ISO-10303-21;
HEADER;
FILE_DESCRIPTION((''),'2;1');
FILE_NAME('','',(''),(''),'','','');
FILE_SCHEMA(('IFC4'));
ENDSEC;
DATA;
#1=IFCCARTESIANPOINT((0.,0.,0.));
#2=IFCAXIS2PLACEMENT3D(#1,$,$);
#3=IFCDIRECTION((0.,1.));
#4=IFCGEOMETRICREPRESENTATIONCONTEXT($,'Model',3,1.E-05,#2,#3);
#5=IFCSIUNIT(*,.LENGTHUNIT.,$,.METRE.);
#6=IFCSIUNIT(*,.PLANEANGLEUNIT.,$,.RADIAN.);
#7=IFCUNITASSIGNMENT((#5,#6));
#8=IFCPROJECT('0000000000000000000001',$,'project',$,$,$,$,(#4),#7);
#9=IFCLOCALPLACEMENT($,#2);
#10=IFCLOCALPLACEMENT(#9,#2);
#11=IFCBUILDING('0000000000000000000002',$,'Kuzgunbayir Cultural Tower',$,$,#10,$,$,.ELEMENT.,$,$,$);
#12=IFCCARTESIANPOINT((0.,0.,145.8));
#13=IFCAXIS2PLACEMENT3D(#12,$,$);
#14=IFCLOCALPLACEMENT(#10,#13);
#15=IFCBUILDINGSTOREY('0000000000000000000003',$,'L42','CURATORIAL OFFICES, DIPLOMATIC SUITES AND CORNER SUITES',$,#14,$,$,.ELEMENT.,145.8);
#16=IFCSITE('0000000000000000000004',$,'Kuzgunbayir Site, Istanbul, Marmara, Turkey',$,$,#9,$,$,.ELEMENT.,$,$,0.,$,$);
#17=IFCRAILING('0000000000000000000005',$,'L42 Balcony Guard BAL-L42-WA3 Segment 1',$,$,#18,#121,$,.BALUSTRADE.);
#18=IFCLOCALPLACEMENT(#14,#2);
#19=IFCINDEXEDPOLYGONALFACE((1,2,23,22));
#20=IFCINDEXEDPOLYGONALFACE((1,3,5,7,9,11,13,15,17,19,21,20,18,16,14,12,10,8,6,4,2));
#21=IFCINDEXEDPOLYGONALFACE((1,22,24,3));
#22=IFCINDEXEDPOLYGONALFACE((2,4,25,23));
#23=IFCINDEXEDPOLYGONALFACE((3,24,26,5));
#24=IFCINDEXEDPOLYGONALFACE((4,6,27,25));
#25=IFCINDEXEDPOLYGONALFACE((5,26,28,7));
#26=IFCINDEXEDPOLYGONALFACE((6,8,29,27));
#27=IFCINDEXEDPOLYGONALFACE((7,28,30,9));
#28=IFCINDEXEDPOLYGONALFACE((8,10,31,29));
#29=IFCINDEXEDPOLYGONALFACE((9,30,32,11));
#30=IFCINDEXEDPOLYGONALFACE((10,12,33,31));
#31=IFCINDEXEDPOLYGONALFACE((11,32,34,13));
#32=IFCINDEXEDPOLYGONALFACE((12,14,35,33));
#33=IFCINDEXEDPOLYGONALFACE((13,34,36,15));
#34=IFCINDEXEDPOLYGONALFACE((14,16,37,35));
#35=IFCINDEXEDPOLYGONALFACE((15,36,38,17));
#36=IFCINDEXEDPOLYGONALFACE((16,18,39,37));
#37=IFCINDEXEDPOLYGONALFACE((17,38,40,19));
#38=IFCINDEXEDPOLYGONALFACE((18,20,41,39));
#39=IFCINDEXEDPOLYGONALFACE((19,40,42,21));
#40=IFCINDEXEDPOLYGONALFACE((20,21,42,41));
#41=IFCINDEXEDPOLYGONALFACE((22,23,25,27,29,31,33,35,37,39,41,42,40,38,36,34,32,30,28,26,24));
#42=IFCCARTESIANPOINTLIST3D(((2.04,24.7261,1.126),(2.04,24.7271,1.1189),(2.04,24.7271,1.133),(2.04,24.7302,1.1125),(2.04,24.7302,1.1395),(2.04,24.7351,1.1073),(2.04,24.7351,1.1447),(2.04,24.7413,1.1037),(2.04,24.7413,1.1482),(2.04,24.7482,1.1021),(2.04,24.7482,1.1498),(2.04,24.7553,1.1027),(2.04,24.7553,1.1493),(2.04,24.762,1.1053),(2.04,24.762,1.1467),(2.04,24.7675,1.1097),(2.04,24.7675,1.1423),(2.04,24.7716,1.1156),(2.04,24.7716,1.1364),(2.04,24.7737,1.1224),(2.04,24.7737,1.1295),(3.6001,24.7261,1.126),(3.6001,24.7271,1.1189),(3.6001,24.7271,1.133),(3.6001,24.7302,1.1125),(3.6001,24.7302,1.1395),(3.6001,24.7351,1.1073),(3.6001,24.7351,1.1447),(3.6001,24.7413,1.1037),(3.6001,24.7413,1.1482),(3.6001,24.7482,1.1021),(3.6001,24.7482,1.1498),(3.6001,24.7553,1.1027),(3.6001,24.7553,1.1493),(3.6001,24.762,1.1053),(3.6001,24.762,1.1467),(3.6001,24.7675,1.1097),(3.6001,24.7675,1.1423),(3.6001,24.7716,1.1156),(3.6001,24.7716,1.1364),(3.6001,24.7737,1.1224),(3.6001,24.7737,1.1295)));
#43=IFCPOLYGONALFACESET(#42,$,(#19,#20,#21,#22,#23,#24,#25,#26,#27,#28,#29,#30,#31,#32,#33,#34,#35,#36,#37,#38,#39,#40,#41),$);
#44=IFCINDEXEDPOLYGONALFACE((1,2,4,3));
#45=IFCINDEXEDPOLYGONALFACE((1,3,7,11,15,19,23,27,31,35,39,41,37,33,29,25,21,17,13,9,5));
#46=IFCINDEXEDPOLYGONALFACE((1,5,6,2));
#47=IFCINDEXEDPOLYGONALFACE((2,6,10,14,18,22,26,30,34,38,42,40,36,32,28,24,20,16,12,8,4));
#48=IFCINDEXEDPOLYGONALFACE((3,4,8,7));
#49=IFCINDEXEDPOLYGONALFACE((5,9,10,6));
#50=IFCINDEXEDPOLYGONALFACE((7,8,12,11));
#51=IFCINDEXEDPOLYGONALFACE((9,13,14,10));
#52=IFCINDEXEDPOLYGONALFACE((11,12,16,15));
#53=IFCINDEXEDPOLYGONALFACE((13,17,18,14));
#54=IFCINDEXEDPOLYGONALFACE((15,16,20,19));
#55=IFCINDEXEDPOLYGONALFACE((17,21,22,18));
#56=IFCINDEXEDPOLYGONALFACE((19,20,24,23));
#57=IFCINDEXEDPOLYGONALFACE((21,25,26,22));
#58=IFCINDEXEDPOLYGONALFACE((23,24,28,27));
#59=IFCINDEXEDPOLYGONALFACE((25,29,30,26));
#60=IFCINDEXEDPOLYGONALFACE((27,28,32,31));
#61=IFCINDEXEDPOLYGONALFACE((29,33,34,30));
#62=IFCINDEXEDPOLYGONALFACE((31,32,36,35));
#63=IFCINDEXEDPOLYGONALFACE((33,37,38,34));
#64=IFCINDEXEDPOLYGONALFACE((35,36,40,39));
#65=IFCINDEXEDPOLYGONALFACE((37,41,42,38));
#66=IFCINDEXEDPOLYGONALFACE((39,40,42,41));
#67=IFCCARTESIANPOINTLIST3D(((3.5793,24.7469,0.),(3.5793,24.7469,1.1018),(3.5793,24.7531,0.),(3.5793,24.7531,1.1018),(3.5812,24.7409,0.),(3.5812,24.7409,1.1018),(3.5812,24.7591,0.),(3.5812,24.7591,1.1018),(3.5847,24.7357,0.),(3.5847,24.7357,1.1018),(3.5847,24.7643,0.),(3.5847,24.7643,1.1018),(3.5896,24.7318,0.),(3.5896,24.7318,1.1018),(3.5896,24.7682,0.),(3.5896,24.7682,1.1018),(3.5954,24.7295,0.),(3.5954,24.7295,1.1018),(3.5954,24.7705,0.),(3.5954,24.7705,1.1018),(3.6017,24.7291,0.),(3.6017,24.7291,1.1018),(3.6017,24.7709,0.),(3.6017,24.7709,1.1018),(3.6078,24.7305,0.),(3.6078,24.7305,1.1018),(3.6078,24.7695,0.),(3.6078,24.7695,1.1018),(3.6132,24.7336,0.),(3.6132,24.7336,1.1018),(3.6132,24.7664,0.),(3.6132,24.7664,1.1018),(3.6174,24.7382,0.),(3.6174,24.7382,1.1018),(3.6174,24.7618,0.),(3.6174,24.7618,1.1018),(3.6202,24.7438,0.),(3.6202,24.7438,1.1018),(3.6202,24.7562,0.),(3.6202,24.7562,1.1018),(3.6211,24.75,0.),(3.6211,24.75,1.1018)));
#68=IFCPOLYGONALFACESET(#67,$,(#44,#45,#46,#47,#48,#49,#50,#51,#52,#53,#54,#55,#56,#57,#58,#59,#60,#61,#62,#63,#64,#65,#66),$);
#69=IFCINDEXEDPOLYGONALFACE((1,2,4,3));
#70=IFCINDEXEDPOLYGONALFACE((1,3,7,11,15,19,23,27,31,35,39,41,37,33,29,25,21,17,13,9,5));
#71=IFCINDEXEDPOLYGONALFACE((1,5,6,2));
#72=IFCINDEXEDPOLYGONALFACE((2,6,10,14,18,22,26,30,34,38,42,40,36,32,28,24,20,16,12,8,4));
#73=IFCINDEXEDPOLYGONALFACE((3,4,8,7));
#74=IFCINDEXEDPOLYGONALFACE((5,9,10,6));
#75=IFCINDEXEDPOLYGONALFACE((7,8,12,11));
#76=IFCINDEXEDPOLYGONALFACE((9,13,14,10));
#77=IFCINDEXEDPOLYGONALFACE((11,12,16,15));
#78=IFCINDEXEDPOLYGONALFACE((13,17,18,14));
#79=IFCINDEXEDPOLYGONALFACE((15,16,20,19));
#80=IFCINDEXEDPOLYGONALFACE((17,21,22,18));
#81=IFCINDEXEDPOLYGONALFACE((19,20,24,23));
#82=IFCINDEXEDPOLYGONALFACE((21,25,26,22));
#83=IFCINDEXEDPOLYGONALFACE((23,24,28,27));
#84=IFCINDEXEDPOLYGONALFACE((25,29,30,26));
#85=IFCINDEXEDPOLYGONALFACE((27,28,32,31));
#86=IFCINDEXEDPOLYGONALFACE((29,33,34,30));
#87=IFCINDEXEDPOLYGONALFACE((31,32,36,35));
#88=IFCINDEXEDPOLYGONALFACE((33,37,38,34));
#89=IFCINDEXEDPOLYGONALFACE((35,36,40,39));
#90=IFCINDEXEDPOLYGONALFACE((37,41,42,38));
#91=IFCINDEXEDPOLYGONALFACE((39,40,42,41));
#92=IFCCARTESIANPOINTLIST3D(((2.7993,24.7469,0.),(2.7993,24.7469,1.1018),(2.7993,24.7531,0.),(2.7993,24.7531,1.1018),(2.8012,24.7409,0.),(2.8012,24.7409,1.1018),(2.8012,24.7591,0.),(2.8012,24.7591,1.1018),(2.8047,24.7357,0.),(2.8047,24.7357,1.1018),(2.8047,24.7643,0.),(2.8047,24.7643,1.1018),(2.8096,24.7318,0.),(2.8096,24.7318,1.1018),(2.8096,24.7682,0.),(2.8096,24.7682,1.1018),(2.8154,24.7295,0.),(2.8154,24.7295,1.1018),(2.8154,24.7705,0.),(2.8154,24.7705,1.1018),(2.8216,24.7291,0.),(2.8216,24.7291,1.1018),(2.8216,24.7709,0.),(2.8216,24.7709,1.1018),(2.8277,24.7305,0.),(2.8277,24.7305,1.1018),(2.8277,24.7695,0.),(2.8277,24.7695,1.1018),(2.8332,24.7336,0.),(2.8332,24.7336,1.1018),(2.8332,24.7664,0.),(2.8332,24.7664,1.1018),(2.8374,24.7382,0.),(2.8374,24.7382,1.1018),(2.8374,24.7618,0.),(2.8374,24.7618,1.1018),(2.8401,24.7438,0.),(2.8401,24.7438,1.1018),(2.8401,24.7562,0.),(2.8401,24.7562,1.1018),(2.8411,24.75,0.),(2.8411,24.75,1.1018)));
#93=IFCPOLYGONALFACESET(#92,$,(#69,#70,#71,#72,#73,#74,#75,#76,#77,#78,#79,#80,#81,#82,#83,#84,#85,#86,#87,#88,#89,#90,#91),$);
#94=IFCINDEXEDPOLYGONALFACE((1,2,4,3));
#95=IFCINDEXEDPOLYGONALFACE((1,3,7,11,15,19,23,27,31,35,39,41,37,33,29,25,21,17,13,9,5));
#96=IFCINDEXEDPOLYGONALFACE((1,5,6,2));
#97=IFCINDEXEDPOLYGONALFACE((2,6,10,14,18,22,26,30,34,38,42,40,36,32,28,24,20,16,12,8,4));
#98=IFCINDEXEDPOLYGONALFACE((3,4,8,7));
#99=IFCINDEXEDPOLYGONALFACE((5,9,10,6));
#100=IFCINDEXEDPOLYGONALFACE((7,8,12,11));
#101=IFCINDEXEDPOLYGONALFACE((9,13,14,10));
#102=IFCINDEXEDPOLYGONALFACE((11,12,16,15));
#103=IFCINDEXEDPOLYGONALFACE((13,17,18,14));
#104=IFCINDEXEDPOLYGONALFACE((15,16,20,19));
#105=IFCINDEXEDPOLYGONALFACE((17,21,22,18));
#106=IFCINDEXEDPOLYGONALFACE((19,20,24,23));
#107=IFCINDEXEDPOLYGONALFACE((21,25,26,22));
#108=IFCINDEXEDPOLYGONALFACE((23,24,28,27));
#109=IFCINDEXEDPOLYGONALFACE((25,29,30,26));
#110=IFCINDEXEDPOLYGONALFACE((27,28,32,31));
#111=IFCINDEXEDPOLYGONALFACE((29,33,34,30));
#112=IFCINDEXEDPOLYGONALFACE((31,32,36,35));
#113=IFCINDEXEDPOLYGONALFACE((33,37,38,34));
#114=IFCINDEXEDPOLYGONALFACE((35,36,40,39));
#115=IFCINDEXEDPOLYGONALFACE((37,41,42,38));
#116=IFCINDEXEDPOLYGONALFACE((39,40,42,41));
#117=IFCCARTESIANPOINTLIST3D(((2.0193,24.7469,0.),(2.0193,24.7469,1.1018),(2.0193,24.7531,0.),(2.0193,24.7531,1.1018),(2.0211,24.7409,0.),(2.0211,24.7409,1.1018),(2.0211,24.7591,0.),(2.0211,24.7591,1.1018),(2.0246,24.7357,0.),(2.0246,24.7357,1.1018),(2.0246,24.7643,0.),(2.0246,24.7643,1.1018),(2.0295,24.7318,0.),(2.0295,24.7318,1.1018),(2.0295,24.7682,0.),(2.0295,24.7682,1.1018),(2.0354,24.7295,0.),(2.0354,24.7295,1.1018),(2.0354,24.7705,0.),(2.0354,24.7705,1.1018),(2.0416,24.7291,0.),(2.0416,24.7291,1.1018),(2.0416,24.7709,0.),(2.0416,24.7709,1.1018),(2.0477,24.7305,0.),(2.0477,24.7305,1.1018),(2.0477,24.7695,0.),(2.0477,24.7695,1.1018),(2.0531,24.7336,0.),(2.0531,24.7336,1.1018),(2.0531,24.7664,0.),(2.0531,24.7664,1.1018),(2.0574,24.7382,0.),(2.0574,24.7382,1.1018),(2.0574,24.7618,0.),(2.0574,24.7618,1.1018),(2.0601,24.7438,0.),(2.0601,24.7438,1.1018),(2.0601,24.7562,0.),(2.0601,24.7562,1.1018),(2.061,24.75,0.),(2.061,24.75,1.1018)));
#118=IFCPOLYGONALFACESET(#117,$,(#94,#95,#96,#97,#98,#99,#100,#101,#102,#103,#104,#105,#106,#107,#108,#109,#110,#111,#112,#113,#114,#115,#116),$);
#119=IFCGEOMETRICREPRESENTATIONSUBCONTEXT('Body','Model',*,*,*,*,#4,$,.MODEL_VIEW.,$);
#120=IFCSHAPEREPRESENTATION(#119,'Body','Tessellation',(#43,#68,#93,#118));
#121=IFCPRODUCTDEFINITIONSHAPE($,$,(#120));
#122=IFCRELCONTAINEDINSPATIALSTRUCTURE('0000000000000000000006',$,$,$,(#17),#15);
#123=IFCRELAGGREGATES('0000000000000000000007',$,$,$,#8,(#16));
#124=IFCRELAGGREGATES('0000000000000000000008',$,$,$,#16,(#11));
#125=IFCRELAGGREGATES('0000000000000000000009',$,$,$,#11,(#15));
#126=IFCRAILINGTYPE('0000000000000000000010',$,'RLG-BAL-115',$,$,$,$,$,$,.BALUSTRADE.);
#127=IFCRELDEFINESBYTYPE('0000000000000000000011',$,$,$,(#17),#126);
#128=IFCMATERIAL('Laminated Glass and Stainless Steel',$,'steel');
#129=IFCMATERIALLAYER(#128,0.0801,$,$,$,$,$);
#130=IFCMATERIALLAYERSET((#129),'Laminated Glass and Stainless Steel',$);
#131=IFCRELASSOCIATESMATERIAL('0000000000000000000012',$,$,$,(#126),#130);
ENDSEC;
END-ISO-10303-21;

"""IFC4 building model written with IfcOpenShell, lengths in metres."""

from ifc_helpers import new_model, si_unit, direction, frame, origin, origin_2d, place, context, subcontext, project, spatial, circle, extrude, material, layer, layer_set, type_object, element, save


model = new_model("IFC4")

# Units and contexts
model_context = context("Model", 3, precision=1e-05, world=origin(), true_north=direction((0.0, 1.0)))
body_context = subcontext(model_context, "Body", "Model", "MODEL_VIEW")
ifc_project = project(units=[si_unit("LENGTHUNIT", "METRE"), si_unit("PLANEANGLEUNIT", "RADIAN")], contexts=[model_context])

# Site, building, storey
site_placement = place(None, origin())
site = spatial("IfcSite", under=ifc_project, at=site_placement, Name="Kuzgunbayir Site, Istanbul, Marmara, Turkey", CompositionType="ELEMENT", RefElevation=0.0)
building_placement = place(site_placement, origin())
building = spatial("IfcBuilding", under=site, at=building_placement, Name="Kuzgunbayir Cultural Tower", CompositionType="ELEMENT")
storey_placement = place(building_placement, frame((0.0, 0.0, 145.8)))
storey = spatial("IfcBuildingStorey", under=building, at=storey_placement, Name="L42", Description="CURATORIAL OFFICES, DIPLOMATIC SUITES AND CORNER SUITES", CompositionType="ELEMENT", Elevation=145.8)

# Railing
ifc_material_1 = material(Name="Laminated Glass and Stainless Steel", Category="steel")
ifc_layer_1 = layer(ifc_material_1, 0.0801)
ifc_layer_set_1 = layer_set([ifc_layer_1], Name="Laminated Glass and Stainless Steel")
railing_type = type_object("IfcRailingType", Name="RLG-BAL-115", PredefinedType="BALUSTRADE", material=ifc_layer_set_1)
railing_1_placement = place(storey_placement, frame((3.6001, 24.75, 0.0)))
element("IfcRailing", 1, at=railing_1_placement, inside=storey, type_object=railing_type, Name="L42 Balcony Guard BAL-L42-WA3 Segment 1", PredefinedType="BALUSTRADE", context=body_context, shape_type="SweptSolid", body=[
    extrude(circle(Radius=0.0239, at=origin_2d()), frame((0.0, 0.0, 1.126), z_axis=(-1.0, 0.0, 0.0), x_axis=(0.0, -1.0, 0.0)), (0.0, 0.0, 1.0), 1.5601),
    extrude(circle(Radius=0.021, at=origin_2d()), origin(), (0.0, 0.0, 1.0), 1.1018),
    extrude(circle(Radius=0.021, at=origin_2d()), frame((-0.78, 0.0, 0.0)), (0.0, 0.0, 1.0), 1.1018),
    extrude(circle(Radius=0.021, at=origin_2d()), frame((-1.5601, 0.0, 0.0)), (0.0, 0.0, 1.0), 1.1018),
])

save(model, "model.ifc")
